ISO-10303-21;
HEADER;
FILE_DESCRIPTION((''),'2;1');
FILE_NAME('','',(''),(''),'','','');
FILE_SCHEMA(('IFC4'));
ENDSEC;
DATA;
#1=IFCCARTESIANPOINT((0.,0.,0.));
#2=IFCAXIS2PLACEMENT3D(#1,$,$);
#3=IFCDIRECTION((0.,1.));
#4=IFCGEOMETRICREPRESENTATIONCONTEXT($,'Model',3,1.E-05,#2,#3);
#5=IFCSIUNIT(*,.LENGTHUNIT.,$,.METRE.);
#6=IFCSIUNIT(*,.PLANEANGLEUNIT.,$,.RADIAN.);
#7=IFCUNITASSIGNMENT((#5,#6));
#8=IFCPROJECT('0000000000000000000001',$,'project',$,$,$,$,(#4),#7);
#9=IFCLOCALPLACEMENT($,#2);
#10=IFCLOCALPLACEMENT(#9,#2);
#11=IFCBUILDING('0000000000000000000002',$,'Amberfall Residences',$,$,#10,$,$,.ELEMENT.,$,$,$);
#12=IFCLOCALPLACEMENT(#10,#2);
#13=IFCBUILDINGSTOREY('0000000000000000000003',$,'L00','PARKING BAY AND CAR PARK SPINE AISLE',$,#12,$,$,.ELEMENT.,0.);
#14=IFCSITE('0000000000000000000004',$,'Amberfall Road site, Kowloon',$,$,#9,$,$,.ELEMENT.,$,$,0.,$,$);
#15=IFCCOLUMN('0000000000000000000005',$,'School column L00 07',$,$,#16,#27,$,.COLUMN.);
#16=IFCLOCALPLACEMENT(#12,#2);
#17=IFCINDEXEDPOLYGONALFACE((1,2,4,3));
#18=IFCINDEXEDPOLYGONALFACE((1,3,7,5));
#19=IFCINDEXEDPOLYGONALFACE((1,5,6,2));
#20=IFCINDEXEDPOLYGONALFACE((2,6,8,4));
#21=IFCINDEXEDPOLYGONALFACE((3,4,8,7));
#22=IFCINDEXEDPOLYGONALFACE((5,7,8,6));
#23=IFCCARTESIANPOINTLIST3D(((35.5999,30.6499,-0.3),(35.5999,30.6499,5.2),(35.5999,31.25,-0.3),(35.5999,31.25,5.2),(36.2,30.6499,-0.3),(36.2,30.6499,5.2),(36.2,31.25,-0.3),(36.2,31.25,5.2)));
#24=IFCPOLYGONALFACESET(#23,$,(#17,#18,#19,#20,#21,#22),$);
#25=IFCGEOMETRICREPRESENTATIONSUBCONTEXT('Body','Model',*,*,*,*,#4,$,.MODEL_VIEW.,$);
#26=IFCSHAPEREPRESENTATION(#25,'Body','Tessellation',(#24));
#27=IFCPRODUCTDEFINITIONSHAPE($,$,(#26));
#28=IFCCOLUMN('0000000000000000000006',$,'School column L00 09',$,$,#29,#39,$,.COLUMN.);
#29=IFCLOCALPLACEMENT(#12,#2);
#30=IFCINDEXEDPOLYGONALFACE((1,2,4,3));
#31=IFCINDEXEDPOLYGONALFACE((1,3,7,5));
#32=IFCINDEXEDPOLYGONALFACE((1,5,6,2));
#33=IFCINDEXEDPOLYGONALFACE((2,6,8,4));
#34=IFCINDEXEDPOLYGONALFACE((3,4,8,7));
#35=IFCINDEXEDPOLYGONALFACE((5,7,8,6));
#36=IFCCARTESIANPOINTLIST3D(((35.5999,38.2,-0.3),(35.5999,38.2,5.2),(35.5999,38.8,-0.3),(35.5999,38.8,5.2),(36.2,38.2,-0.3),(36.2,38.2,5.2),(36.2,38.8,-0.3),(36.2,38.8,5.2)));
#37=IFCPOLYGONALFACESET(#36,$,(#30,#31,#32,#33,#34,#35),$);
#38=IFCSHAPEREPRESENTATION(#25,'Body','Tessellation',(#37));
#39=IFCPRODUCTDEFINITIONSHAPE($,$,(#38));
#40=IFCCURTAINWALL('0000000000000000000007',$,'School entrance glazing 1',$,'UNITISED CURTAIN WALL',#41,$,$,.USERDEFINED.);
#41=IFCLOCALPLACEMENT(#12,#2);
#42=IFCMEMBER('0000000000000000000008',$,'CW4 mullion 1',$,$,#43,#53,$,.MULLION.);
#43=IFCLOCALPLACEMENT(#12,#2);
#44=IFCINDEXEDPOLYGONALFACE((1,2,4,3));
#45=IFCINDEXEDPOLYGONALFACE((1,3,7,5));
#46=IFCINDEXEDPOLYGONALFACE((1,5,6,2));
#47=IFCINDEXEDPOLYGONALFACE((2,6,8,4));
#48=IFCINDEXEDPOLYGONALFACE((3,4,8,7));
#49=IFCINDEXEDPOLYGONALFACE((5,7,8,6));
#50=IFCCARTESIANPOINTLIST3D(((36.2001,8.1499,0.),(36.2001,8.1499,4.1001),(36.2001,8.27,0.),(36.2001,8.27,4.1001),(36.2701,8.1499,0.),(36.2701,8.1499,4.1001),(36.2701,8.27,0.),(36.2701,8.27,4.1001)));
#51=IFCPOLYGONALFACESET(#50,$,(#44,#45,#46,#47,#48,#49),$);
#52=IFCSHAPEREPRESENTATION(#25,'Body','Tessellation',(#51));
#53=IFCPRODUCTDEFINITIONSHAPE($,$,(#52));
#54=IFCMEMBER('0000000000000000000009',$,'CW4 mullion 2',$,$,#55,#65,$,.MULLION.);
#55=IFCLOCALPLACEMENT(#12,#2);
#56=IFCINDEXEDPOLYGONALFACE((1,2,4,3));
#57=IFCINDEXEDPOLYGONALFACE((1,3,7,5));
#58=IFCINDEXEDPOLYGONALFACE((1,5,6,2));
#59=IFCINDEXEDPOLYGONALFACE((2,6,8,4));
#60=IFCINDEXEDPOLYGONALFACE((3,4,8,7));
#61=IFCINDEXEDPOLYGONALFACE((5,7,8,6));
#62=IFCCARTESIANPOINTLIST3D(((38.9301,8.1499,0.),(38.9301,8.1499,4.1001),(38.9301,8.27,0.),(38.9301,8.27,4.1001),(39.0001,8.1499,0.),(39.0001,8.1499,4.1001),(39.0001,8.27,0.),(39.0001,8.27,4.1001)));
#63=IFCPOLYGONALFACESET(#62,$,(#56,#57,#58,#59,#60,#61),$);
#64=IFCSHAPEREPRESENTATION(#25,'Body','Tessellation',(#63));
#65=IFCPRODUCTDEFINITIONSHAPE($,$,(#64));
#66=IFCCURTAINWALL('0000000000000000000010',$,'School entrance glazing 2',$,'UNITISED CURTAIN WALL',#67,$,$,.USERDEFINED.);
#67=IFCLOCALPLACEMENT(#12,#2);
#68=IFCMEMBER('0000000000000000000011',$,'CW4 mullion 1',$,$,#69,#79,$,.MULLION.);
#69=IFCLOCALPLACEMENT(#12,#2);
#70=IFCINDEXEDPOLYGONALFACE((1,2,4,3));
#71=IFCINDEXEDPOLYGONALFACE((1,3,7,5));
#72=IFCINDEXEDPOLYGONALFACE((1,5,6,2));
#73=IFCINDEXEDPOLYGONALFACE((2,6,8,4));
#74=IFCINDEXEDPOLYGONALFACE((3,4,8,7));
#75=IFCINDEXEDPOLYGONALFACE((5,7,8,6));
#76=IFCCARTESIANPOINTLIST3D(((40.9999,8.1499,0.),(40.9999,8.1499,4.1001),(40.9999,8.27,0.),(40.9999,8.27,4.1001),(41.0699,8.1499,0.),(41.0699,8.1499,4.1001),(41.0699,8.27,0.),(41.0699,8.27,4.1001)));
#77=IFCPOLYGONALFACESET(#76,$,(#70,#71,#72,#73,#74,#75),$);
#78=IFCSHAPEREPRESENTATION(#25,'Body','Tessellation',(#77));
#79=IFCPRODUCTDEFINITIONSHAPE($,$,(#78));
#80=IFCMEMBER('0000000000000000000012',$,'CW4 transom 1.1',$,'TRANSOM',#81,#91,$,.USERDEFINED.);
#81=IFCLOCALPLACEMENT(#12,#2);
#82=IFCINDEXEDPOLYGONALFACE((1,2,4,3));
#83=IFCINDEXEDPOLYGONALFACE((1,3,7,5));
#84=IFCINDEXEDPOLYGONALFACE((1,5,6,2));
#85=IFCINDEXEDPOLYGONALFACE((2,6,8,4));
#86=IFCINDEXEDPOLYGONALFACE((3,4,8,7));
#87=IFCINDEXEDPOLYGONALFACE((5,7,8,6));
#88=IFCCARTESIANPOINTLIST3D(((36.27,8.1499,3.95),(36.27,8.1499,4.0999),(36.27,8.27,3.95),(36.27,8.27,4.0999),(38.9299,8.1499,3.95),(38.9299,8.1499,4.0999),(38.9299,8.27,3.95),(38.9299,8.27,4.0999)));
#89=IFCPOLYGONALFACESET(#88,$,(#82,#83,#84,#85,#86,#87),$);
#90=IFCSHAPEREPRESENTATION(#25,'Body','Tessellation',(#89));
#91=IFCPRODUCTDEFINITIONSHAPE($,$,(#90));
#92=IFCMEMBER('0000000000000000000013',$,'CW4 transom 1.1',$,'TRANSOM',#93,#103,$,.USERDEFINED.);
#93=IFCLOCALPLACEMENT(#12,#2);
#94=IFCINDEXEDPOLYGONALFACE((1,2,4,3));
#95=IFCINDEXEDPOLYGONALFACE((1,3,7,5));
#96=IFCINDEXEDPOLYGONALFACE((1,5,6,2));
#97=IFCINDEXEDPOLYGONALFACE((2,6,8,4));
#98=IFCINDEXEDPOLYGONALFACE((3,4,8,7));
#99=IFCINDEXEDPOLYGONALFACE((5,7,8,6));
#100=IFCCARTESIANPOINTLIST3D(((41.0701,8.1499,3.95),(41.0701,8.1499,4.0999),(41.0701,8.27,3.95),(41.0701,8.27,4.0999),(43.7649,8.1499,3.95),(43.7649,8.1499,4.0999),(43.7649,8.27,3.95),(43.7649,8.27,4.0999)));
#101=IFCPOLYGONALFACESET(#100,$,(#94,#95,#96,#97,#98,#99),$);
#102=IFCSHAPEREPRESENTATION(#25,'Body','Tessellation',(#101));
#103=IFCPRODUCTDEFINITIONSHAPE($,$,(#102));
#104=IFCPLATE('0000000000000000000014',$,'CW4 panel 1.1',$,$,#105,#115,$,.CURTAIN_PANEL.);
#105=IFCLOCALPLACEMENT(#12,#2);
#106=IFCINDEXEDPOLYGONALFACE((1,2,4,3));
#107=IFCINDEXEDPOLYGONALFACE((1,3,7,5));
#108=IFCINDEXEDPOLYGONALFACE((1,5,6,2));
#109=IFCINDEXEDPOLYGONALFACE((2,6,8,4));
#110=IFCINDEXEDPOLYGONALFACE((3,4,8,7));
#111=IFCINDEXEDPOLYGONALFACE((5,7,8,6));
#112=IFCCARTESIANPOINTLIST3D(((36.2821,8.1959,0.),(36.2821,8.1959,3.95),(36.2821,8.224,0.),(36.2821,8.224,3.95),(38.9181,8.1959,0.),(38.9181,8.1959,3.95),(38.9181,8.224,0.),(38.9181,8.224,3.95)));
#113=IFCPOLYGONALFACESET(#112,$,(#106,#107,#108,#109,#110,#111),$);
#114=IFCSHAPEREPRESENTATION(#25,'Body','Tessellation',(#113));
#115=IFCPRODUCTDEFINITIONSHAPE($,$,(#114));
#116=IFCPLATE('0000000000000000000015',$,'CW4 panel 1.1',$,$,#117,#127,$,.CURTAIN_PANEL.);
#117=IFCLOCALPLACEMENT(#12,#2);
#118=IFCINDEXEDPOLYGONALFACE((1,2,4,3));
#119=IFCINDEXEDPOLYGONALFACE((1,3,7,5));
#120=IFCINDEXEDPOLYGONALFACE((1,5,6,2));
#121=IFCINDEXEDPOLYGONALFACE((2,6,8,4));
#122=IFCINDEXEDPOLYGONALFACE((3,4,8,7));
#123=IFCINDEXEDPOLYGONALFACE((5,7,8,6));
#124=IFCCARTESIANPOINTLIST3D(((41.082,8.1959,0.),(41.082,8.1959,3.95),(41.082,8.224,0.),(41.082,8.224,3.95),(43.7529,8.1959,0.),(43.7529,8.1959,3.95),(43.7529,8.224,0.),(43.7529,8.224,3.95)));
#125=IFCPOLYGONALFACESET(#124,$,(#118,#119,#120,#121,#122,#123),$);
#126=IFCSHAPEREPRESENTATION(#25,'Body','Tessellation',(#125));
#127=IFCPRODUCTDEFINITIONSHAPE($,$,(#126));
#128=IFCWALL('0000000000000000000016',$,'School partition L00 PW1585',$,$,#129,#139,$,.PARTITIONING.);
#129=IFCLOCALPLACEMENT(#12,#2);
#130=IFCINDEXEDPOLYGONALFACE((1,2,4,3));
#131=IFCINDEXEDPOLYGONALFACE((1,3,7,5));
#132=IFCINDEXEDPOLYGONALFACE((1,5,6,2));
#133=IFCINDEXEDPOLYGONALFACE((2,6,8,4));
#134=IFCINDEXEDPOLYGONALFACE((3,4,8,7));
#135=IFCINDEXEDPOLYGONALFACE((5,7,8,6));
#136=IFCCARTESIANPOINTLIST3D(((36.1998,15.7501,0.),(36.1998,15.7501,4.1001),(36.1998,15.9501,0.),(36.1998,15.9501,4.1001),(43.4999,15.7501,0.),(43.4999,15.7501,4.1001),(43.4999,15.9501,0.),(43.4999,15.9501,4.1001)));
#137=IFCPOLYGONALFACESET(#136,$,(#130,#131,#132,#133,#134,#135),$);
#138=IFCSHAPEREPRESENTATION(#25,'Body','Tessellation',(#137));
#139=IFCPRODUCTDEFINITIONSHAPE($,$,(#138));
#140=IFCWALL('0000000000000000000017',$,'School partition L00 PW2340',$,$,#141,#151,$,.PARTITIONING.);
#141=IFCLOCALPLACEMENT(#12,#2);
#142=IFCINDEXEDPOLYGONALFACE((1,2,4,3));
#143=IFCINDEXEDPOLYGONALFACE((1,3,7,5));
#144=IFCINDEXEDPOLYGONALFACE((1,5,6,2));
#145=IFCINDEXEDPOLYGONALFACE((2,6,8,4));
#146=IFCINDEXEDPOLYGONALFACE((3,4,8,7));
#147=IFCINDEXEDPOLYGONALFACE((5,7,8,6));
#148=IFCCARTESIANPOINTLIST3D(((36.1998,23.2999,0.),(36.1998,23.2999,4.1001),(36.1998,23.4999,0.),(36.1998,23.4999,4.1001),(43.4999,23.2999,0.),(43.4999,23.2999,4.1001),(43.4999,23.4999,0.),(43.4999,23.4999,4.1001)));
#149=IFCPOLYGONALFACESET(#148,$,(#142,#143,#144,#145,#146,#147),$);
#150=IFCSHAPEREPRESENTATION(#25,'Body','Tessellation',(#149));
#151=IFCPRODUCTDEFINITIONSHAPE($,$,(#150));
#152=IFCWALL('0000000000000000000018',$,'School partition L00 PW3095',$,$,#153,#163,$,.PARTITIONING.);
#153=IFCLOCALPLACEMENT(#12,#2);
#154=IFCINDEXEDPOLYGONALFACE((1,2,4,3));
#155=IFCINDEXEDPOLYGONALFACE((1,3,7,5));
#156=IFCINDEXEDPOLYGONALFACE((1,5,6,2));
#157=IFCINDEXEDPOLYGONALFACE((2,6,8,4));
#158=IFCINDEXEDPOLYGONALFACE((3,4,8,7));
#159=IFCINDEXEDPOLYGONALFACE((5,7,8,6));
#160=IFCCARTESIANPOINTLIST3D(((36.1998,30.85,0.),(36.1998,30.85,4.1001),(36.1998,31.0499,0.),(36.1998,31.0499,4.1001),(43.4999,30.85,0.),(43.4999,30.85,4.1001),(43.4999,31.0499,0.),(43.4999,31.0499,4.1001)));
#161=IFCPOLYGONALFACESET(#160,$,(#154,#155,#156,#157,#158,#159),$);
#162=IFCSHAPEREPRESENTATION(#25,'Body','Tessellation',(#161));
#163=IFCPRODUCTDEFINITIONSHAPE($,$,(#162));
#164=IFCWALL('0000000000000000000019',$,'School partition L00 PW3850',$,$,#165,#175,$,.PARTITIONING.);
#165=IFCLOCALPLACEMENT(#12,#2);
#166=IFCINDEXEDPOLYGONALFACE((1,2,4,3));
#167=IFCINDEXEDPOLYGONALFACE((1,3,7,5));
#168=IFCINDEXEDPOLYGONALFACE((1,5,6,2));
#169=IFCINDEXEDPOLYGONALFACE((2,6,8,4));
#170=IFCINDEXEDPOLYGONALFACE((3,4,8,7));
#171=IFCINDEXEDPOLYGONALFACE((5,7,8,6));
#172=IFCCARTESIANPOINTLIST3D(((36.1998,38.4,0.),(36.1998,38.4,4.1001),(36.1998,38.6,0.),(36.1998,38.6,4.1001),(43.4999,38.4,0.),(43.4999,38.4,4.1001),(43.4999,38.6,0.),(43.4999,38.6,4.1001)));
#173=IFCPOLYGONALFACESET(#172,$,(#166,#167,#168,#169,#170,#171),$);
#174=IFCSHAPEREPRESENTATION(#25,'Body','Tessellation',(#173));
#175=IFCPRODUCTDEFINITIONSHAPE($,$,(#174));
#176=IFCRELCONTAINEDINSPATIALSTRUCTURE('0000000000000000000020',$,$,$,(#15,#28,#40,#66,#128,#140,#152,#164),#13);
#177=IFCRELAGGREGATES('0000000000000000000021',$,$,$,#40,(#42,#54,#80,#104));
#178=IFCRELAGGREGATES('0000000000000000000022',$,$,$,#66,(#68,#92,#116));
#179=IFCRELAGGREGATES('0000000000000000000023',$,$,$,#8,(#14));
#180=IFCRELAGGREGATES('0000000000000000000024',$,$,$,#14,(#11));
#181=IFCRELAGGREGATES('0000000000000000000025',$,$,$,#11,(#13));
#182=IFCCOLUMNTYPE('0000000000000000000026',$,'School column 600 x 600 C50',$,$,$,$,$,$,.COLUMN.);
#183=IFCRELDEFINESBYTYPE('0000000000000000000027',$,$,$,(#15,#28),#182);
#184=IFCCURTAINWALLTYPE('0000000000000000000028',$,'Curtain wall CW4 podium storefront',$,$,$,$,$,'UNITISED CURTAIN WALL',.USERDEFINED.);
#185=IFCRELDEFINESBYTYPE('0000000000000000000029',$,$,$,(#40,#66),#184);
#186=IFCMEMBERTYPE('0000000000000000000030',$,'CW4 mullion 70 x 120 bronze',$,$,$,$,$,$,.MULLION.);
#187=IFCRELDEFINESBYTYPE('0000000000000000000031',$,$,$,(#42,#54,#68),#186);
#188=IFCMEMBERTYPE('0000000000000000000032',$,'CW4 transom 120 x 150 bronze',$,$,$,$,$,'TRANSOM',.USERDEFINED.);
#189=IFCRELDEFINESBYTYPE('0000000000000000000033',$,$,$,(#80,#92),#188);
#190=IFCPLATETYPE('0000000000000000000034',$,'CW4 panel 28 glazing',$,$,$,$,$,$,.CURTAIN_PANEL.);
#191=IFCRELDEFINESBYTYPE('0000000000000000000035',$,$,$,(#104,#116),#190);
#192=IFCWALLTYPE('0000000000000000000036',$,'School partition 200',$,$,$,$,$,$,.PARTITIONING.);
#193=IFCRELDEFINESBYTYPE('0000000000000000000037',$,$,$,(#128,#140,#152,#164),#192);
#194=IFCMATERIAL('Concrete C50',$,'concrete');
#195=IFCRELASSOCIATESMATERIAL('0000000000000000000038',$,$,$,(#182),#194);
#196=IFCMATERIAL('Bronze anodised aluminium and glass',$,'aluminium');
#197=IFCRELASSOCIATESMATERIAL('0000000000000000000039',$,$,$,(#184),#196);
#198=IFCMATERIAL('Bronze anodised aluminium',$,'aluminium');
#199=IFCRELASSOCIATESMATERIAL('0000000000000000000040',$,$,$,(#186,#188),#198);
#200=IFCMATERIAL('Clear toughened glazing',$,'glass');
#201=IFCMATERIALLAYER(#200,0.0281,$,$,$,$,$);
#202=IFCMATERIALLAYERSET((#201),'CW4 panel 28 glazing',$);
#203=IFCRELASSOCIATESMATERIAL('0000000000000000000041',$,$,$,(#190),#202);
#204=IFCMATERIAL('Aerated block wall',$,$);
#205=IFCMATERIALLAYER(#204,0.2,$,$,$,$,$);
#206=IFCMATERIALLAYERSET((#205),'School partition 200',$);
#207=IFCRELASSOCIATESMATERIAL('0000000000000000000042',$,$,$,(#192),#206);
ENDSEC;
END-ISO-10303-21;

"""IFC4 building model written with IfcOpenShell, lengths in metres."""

from ifc_helpers import new_model, si_unit, direction, frame, frame_2d, origin, origin_2d, place, context, subcontext, project, spatial, rectangle, extrude, material, layer, layer_set, material_profile, profile_set, type_object, element, aggregate, save


model = new_model("IFC4")

# Units and contexts
model_context = context("Model", 3, precision=1e-05, world=origin(), true_north=direction((0.0, 1.0)))
body_context = subcontext(model_context, "Body", "Model", "MODEL_VIEW")
ifc_project = project(units=[si_unit("LENGTHUNIT", "METRE"), si_unit("PLANEANGLEUNIT", "RADIAN")], contexts=[model_context])

# Site, building, storey
site_placement = place(None, origin())
site = spatial("IfcSite", under=ifc_project, at=site_placement, Name="Amberfall Road site, Kowloon", CompositionType="ELEMENT", RefElevation=0.0)
building_placement = place(site_placement, origin())
building = spatial("IfcBuilding", under=site, at=building_placement, Name="Amberfall Residences", CompositionType="ELEMENT")
storey_placement = place(building_placement, origin())
storey = spatial("IfcBuildingStorey", under=building, at=storey_placement, Name="L00", Description="PARKING BAY AND CAR PARK SPINE AISLE", CompositionType="ELEMENT", Elevation=0.0)

# Columns
ifc_material_1 = material(Name="Concrete C50", Category="concrete")
ifc_material_profile_1 = material_profile(ifc_material_1, rectangle(XDim=0.6001, YDim=0.6001, at=origin_2d()), Name="School column 600 x 600 C50")
ifc_profile_set_1 = profile_set([ifc_material_profile_1], Name="Concrete C50")
column_type = type_object("IfcColumnType", Name="School column 600 x 600 C50", PredefinedType="COLUMN", material=ifc_profile_set_1)
for number, where, z_axis, x_axis, name in (
    (1, (35.8999, 30.95, -0.3), (0.0, 0.0, 1.0), (1.0, 0.0, 0.0), "School column L00 07"),
    (2, (35.8999, 38.5, -0.3), (0.0, 0.0, 1.0), (1.0, 0.0, 0.0), "School column L00 09"),
):
    element("IfcColumn", number, at=place(storey_placement, frame(where, z_axis=z_axis, x_axis=x_axis)), inside=storey, type_object=column_type, Name=name, PredefinedType="COLUMN", context=body_context, shape_type="SweptSolid", body=[
        extrude(rectangle(XDim=0.6001, YDim=0.6001, at=origin_2d()), origin(), (0.0, 0.0, 1.0), 5.5),
    ])

# Curtain wall, members
ifc_material_2 = material(Name="Bronze anodised aluminium and glass", Category="aluminium")
curtain_wall_type = type_object("IfcCurtainWallType", Name="Curtain wall CW4 podium storefront", ElementType="UNITISED CURTAIN WALL", PredefinedType="USERDEFINED", material=ifc_material_2)
curtain_wall_1_placement = place(storey_placement, origin())
curtain_wall_1 = element("IfcCurtainWall", 3, at=curtain_wall_1_placement, inside=storey, type_object=curtain_wall_type, Name="School entrance glazing 1", ObjectType="UNITISED CURTAIN WALL", PredefinedType="USERDEFINED")
ifc_material_3 = material(Name="Bronze anodised aluminium", Category="aluminium")
ifc_material_profile_2 = material_profile(ifc_material_3, rectangle(XDim=0.1201, YDim=0.0701, at=origin_2d()), Name="CW4 mullion 70 x 120 bronze")
ifc_profile_set_2 = profile_set([ifc_material_profile_2], Name="Bronze anodised aluminium")
member_type_1 = type_object("IfcMemberType", Name="CW4 mullion 70 x 120 bronze", PredefinedType="MULLION", material=ifc_profile_set_2)
member_1_placement = place(storey_placement, frame((36.2351, 8.21, 0.0), z_axis=(0.0, 0.0, 1.0), x_axis=(0.0, 1.0, 0.0)))
member_1 = element("IfcMember", 4, at=member_1_placement, type_object=member_type_1, Name="CW4 mullion 1", PredefinedType="MULLION", context=body_context, shape_type="SweptSolid", body=[
    extrude(rectangle(XDim=0.1201, YDim=0.0701, at=origin_2d()), origin(), (0.0, 0.0, 1.0), 4.1001),
])
member_2_placement = place(storey_placement, frame((38.9651, 8.21, 0.0), z_axis=(0.0, 0.0, 1.0), x_axis=(0.0, 1.0, 0.0)))
member_2 = element("IfcMember", 5, at=member_2_placement, type_object=member_type_1, Name="CW4 mullion 2", PredefinedType="MULLION", context=body_context, shape_type="SweptSolid", body=[
    extrude(rectangle(XDim=0.1201, YDim=0.0701, at=origin_2d()), origin(), (0.0, 0.0, 1.0), 4.1001),
])

# Curtain wall, member
curtain_wall_2_placement = place(storey_placement, origin())
curtain_wall_2 = element("IfcCurtainWall", 6, at=curtain_wall_2_placement, inside=storey, type_object=curtain_wall_type, Name="School entrance glazing 2", ObjectType="UNITISED CURTAIN WALL", PredefinedType="USERDEFINED")
member_3_placement = place(storey_placement, frame((41.0349, 8.21, 0.0), z_axis=(0.0, 0.0, 1.0), x_axis=(0.0, 1.0, 0.0)))
member_3 = element("IfcMember", 7, at=member_3_placement, type_object=member_type_1, Name="CW4 mullion 1", PredefinedType="MULLION", context=body_context, shape_type="SweptSolid", body=[
    extrude(rectangle(XDim=0.1201, YDim=0.0701, at=origin_2d()), origin(), (0.0, 0.0, 1.0), 4.1001),
])

# Members
ifc_material_profile_3 = material_profile(ifc_material_3, rectangle(XDim=0.1201, YDim=0.1499, at=origin_2d()), Name="CW4 transom 120 x 150 bronze")
ifc_profile_set_3 = profile_set([ifc_material_profile_3], Name="Bronze anodised aluminium")
member_type_2 = type_object("IfcMemberType", Name="CW4 transom 120 x 150 bronze", ElementType="TRANSOM", PredefinedType="USERDEFINED", material=ifc_profile_set_3)
member_4_placement = place(storey_placement, frame((36.27, 8.21, 4.0249), z_axis=(1.0, 0.0, 0.0), x_axis=(0.0, 1.0, 0.0)))
member_4 = element("IfcMember", 8, at=member_4_placement, type_object=member_type_2, Name="CW4 transom 1.1", ObjectType="TRANSOM", PredefinedType="USERDEFINED", context=body_context, shape_type="SweptSolid", body=[
    extrude(rectangle(XDim=0.1201, YDim=0.1499, at=origin_2d()), origin(), (0.0, 0.0, 1.0), 2.6599),
])
member_5_placement = place(storey_placement, frame((41.0701, 8.21, 4.0249), z_axis=(1.0, 0.0, 0.0), x_axis=(0.0, 1.0, 0.0)))
member_5 = element("IfcMember", 9, at=member_5_placement, type_object=member_type_2, Name="CW4 transom 1.1", ObjectType="TRANSOM", PredefinedType="USERDEFINED", context=body_context, shape_type="SweptSolid", body=[
    extrude(rectangle(XDim=0.1201, YDim=0.1499, at=origin_2d()), origin(), (0.0, 0.0, 1.0), 2.6948),
])

# Plates
ifc_material_4 = material(Name="Clear toughened glazing", Category="glass")
ifc_layer_1 = layer(ifc_material_4, 0.0281)
ifc_layer_set_1 = layer_set([ifc_layer_1], Name="CW4 panel 28 glazing")
plate_type = type_object("IfcPlateType", Name="CW4 panel 28 glazing", PredefinedType="CURTAIN_PANEL", material=ifc_layer_set_1)
plate_1_placement = place(storey_placement, frame((37.6001, 8.21, 0.0), z_axis=(0.0, 0.0, 1.0), x_axis=(1.0, 0.0, 0.0)))
plate_1 = element("IfcPlate", 10, at=plate_1_placement, type_object=plate_type, Name="CW4 panel 1.1", PredefinedType="CURTAIN_PANEL", context=body_context, shape_type="SweptSolid", body=[
    extrude(rectangle(XDim=2.636, YDim=0.0281, at=origin_2d()), origin(), (0.0, 0.0, 1.0), 3.95),
])
aggregate(curtain_wall_1, [member_1, member_2, member_4, plate_1])
plate_2_placement = place(storey_placement, frame((42.4175, 8.21, 0.0), z_axis=(0.0, 0.0, 1.0), x_axis=(1.0, 0.0, 0.0)))
plate_2 = element("IfcPlate", 11, at=plate_2_placement, type_object=plate_type, Name="CW4 panel 1.1", PredefinedType="CURTAIN_PANEL", context=body_context, shape_type="SweptSolid", body=[
    extrude(rectangle(XDim=2.6709, YDim=0.0281, at=origin_2d()), origin(), (0.0, 0.0, 1.0), 3.95),
])
aggregate(curtain_wall_2, [member_3, member_5, plate_2])

# Shared definitions
ifc_material_5 = material(Name="Aerated block wall")

# Walls
ifc_layer_2 = layer(ifc_material_5, 0.2)
ifc_layer_set_2 = layer_set([ifc_layer_2], Name="School partition 200")
wall_type_1 = type_object("IfcWallType", Name="School partition 200", PredefinedType="PARTITIONING", material=ifc_layer_set_2)
for number, where, z_axis, x_axis, name in (
    (12, (36.2, 15.8501, 0.0), (0.0, 0.0, 1.0), (1.0, 0.0, 0.0), "School partition L00 PW1585"),
    (13, (36.2, 23.3999, 0.0), (0.0, 0.0, 1.0), (1.0, 0.0, 0.0), "School partition L00 PW2340"),
    (14, (36.2, 30.95, 0.0), (0.0, 0.0, 1.0), (1.0, 0.0, 0.0), "School partition L00 PW3095"),
    (15, (36.2, 38.5, 0.0), (0.0, 0.0, 1.0), (1.0, 0.0, 0.0), "School partition L00 PW3850"),
):
    element("IfcWall", number, at=place(storey_placement, frame(where, z_axis=z_axis, x_axis=x_axis)), inside=storey, type_object=wall_type_1, Name=name, PredefinedType="PARTITIONING", context=body_context, shape_type="SweptSolid", body=[
        extrude(rectangle(XDim=7.3, YDim=0.2, at=frame_2d((3.6499, 0.0))), origin(), (0.0, 0.0, 1.0), 4.1001),
    ])

save(model, "model.ifc")
